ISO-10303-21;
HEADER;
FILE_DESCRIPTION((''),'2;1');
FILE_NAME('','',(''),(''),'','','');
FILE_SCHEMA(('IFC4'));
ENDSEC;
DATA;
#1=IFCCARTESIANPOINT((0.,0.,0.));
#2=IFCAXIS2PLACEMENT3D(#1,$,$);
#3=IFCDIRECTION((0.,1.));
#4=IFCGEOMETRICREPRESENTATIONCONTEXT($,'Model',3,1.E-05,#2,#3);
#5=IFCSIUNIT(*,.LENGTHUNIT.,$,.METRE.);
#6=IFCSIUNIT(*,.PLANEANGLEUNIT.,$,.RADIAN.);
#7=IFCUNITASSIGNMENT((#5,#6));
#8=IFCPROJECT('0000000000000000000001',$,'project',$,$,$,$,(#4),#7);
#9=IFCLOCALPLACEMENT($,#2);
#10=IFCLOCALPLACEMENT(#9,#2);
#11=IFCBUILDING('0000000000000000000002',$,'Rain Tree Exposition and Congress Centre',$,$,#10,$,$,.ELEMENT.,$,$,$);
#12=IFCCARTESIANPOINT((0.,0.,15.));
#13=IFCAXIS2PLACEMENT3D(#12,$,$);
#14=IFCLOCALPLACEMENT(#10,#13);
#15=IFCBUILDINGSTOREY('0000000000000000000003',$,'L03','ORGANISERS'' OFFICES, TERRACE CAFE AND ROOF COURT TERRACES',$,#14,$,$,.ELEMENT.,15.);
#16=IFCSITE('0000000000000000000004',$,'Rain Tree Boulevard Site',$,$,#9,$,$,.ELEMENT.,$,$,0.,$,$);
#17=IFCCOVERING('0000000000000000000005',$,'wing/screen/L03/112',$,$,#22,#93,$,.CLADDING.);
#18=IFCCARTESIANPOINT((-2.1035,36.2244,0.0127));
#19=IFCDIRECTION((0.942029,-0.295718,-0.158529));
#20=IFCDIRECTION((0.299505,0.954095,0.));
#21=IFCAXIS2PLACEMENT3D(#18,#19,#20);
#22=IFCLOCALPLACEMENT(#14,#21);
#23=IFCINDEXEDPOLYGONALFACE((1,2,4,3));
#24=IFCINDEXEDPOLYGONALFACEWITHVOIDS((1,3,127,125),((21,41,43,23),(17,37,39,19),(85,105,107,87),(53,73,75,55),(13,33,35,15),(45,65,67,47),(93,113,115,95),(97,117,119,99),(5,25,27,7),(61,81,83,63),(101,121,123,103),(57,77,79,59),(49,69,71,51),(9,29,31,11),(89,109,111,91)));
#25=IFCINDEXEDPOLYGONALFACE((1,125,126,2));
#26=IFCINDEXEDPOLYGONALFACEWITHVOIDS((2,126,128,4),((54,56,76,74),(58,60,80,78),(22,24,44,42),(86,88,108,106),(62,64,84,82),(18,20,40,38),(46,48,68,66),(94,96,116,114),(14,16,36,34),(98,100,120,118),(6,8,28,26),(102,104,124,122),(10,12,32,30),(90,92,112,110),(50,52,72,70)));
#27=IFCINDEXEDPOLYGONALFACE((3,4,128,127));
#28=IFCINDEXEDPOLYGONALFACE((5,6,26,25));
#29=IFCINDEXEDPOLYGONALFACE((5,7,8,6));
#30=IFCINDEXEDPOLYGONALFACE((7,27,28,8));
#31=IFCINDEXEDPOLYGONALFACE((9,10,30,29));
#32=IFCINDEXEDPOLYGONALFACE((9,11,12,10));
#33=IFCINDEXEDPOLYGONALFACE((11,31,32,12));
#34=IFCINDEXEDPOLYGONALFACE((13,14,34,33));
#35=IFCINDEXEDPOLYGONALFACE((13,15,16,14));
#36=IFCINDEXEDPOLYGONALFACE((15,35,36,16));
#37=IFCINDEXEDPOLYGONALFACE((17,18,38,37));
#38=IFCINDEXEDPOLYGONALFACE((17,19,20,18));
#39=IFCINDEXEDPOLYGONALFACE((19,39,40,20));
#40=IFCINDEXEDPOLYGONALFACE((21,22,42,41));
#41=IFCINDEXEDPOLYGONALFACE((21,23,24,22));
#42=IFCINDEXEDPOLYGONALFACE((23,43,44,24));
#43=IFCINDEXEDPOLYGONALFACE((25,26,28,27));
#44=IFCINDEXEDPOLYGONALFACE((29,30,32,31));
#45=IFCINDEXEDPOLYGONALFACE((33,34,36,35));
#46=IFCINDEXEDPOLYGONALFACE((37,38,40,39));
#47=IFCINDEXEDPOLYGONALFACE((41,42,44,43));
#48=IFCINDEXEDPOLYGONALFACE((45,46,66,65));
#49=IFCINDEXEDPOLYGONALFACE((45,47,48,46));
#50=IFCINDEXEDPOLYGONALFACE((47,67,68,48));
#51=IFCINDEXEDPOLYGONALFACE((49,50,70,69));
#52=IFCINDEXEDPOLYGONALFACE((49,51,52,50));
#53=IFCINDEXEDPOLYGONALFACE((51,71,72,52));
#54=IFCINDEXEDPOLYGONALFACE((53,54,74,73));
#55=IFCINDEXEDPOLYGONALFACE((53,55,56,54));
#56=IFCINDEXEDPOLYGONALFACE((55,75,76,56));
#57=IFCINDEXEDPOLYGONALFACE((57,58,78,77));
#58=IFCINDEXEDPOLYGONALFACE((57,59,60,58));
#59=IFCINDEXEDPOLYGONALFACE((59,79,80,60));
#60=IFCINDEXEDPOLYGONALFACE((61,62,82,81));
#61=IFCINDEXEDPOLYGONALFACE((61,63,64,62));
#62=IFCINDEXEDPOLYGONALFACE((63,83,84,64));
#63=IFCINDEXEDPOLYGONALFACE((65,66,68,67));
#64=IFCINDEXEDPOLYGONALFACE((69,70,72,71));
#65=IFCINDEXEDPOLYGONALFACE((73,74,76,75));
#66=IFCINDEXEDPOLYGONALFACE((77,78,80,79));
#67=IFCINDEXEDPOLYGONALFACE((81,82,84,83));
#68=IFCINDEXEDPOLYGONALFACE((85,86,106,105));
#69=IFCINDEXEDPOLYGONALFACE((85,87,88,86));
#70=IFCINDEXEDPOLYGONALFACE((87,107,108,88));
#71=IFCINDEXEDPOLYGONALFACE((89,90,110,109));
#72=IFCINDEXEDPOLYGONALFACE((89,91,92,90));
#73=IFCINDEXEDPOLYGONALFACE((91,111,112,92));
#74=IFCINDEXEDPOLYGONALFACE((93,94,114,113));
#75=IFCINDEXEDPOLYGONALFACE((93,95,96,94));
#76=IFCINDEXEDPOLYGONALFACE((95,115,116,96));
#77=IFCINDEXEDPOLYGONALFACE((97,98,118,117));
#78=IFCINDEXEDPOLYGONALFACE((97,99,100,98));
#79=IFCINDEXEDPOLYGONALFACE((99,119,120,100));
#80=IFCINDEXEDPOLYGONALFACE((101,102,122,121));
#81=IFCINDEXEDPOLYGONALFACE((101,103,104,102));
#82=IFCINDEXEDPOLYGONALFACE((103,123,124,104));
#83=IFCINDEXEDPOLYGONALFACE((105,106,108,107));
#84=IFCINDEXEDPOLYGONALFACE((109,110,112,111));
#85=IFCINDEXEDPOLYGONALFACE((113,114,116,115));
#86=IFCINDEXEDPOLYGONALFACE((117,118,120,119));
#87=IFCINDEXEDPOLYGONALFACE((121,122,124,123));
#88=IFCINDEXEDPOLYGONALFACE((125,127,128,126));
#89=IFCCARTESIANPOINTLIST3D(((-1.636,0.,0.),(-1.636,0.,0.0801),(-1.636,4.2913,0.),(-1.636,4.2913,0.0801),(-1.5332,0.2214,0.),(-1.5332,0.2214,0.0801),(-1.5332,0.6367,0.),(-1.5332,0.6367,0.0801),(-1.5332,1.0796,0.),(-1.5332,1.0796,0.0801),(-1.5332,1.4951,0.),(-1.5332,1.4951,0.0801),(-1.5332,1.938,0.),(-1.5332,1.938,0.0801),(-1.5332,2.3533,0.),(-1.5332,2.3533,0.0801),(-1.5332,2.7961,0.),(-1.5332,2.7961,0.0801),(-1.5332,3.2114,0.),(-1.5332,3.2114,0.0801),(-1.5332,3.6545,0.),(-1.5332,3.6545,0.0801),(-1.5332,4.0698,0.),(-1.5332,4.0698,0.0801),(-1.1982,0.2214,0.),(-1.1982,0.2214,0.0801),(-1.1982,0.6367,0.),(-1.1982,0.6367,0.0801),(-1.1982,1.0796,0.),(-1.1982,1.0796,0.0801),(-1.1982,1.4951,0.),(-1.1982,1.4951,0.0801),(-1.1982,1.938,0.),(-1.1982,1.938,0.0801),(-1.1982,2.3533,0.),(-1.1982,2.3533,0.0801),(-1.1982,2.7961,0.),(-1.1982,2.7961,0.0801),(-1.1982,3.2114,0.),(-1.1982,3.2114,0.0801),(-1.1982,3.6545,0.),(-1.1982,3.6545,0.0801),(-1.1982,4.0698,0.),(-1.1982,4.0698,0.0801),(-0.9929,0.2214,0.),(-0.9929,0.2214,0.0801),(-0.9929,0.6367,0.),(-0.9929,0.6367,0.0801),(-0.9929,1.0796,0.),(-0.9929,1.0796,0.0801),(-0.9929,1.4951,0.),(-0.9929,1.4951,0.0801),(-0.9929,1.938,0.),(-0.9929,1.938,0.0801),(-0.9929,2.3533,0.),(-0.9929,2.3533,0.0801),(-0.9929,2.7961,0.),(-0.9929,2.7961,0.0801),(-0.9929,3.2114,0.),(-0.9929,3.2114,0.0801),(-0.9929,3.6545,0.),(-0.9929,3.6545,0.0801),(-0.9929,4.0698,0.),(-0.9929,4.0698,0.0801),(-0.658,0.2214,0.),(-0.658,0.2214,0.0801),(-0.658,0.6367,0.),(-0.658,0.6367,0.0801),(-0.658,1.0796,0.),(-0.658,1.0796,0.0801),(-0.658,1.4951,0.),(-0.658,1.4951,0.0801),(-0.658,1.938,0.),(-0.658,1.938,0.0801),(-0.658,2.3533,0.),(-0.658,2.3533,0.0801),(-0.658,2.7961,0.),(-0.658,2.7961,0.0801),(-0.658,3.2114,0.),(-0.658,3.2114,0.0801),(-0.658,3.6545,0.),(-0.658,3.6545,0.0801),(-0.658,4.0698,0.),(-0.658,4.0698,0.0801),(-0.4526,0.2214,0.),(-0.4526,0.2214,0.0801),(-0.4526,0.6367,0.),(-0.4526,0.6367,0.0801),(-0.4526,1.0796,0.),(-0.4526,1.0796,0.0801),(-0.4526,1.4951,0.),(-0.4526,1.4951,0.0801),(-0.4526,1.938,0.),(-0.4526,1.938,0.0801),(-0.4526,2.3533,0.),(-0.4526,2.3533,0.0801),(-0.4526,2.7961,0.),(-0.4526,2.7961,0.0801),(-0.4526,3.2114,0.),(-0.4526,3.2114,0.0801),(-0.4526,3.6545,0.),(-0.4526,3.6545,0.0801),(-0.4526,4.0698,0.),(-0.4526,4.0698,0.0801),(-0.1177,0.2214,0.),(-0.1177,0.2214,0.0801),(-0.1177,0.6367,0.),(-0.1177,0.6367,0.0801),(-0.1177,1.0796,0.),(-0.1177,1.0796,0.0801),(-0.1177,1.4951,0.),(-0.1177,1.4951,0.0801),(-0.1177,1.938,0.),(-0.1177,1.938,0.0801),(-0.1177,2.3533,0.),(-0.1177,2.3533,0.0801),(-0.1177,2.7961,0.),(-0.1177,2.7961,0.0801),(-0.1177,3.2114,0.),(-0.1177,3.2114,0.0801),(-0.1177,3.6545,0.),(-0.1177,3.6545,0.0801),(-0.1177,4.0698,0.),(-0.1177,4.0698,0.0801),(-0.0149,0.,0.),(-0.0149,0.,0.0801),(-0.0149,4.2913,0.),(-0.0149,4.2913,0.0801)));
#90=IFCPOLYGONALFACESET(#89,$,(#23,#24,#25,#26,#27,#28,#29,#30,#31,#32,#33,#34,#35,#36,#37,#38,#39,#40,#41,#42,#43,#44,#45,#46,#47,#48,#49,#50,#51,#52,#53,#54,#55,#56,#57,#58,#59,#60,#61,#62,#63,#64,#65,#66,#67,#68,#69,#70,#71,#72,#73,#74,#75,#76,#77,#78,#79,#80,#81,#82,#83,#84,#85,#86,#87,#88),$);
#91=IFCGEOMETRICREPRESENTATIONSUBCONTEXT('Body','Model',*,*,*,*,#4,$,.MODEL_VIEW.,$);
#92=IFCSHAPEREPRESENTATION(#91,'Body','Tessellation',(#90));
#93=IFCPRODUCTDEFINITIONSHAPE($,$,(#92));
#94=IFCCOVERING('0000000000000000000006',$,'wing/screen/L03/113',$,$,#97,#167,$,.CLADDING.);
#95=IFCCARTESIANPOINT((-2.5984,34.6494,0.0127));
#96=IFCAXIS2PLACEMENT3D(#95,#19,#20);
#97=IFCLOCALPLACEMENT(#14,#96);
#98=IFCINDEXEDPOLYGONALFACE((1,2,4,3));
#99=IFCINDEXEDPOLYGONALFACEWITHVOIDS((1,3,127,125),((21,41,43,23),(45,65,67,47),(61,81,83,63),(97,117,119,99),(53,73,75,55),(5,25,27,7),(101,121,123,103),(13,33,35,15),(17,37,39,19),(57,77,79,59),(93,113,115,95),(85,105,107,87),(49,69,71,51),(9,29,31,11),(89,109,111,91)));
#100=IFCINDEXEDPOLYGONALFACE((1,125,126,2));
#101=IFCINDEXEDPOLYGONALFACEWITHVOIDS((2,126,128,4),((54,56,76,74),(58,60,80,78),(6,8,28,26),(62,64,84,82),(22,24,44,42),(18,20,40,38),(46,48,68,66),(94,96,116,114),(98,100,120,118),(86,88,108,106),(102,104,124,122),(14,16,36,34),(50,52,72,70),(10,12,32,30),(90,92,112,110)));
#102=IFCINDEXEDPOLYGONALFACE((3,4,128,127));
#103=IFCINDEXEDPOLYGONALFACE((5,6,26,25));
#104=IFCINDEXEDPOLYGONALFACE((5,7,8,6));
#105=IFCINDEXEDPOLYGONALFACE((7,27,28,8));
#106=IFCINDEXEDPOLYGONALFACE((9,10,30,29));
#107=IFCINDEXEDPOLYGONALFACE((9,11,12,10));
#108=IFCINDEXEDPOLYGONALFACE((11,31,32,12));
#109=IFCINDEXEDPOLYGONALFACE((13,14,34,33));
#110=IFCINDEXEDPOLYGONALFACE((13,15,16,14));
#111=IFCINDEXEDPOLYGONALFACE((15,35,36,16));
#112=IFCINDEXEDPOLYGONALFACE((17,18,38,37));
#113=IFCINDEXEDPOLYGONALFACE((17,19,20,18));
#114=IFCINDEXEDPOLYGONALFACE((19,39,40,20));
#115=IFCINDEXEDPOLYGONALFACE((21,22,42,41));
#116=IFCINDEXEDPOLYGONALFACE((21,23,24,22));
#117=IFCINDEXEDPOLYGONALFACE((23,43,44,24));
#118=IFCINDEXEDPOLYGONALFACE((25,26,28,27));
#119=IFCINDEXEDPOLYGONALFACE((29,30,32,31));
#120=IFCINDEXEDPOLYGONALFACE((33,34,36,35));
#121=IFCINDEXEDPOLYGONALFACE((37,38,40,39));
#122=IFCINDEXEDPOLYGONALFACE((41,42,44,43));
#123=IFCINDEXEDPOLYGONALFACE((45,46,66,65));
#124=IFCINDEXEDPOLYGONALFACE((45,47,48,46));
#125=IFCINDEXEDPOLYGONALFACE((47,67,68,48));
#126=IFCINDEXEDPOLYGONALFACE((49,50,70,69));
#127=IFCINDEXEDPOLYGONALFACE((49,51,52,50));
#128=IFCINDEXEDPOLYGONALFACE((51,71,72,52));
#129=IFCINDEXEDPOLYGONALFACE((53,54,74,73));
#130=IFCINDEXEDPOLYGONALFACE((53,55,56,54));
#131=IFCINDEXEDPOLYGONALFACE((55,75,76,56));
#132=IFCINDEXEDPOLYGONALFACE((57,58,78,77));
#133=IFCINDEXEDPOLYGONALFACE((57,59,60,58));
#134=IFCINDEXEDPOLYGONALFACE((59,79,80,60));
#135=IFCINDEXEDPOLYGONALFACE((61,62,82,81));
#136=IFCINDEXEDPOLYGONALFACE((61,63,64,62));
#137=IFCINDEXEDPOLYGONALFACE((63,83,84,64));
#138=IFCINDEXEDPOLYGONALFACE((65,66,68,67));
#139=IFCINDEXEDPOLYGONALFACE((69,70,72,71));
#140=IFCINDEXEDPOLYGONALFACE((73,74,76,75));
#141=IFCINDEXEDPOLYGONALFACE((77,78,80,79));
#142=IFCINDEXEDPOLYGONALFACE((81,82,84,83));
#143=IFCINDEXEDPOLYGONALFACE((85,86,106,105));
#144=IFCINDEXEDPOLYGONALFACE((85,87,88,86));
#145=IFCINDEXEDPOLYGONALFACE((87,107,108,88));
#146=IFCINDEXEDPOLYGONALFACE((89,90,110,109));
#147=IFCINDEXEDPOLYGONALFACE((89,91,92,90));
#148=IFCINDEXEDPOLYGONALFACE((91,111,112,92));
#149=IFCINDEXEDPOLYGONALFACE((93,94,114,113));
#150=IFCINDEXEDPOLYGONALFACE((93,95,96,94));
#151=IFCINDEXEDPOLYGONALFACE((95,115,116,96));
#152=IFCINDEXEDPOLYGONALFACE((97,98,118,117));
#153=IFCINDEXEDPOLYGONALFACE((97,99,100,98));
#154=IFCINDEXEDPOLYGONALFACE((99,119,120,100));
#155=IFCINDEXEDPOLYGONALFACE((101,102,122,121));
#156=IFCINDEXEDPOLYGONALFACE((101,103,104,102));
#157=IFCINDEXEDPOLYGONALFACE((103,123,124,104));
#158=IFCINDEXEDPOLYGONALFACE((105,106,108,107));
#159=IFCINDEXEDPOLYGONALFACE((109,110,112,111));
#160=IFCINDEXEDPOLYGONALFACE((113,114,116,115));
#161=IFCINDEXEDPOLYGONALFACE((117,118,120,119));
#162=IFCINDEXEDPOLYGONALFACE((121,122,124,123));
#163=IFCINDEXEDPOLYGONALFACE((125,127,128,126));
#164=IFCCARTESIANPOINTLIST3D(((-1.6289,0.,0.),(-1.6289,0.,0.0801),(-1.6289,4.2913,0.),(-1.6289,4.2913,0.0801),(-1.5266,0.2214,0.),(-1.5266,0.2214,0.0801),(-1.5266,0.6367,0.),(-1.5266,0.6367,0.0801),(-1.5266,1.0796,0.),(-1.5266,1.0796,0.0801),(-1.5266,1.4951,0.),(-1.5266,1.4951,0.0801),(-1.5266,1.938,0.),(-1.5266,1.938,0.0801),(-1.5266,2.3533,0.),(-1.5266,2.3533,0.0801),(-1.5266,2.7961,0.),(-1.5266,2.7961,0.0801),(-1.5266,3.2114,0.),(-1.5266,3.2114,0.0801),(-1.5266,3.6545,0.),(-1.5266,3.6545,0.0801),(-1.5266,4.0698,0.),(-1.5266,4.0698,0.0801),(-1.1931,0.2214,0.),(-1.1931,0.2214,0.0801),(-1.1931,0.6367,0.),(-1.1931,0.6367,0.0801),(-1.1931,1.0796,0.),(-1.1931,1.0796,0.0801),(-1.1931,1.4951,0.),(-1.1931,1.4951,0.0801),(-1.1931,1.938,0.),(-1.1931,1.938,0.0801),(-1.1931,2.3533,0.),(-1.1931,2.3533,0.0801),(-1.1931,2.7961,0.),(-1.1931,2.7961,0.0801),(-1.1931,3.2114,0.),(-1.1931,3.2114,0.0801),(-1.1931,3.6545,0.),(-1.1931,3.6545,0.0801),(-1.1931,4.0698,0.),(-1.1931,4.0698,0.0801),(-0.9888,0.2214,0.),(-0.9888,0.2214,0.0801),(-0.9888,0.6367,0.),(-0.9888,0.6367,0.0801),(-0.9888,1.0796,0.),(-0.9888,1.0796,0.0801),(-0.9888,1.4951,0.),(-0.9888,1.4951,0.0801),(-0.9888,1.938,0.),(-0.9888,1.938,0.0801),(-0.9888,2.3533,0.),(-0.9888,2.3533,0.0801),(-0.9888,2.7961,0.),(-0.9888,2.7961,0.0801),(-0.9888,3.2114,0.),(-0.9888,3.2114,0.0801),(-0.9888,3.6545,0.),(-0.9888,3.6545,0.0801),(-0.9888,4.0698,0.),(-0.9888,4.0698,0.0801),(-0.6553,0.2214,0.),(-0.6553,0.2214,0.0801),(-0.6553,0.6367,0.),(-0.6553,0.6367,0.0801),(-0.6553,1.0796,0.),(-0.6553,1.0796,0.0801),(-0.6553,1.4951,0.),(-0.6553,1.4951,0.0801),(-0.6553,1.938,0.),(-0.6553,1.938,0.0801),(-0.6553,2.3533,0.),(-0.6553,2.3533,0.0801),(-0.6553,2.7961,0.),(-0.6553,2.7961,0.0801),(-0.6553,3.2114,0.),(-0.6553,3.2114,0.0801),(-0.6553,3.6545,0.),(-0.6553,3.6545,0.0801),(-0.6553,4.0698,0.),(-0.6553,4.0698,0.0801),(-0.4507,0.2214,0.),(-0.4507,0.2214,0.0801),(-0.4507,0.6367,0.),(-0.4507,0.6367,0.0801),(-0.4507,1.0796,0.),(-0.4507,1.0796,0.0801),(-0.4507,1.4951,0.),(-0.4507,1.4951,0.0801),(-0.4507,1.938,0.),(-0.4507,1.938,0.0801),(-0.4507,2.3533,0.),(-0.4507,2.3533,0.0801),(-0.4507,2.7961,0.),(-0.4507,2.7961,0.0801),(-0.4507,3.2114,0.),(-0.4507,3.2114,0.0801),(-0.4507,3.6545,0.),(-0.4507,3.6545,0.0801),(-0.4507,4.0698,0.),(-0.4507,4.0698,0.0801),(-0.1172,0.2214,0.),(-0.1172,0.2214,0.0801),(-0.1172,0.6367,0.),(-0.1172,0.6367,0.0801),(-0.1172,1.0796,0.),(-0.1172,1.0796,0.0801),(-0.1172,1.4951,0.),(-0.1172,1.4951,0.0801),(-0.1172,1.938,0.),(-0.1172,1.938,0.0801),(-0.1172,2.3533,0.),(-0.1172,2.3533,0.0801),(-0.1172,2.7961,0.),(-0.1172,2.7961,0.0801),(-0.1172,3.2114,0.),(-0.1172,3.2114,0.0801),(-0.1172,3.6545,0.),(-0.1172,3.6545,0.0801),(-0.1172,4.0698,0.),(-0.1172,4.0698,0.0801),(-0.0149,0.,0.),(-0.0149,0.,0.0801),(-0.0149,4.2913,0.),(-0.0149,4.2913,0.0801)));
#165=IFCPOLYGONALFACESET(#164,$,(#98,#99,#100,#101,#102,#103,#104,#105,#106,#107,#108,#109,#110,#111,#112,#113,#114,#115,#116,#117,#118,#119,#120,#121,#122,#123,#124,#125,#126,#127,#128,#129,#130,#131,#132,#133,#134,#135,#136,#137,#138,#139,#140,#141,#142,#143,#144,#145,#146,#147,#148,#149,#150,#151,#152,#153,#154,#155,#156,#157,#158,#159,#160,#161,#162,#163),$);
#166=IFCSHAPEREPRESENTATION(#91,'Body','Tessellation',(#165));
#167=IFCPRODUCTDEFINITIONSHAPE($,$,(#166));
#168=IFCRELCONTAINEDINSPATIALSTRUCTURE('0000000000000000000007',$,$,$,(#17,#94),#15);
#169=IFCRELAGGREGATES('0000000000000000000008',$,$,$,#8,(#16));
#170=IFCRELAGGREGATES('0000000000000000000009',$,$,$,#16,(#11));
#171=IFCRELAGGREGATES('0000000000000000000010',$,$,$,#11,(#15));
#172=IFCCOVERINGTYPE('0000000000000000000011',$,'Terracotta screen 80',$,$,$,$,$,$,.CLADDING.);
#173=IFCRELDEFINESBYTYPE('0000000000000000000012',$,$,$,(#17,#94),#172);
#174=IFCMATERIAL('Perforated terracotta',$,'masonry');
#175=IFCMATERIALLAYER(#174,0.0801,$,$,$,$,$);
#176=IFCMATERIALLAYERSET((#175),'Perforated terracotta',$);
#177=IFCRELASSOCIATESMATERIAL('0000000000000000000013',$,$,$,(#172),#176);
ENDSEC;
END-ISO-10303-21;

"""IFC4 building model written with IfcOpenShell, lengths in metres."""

from ifc_helpers import new_model, si_unit, direction, frame, origin, place, context, subcontext, project, spatial, polyline, outline, extrude, material, layer, layer_set, type_object, element, save


model = new_model("IFC4")

# Units and contexts
model_context = context("Model", 3, precision=1e-05, world=origin(), true_north=direction((0.0, 1.0)))
body_context = subcontext(model_context, "Body", "Model", "MODEL_VIEW")
ifc_project = project(units=[si_unit("LENGTHUNIT", "METRE"), si_unit("PLANEANGLEUNIT", "RADIAN")], contexts=[model_context])

# Site, building, storey
site_placement = place(None, origin())
site = spatial("IfcSite", under=ifc_project, at=site_placement, Name="Rain Tree Boulevard Site", CompositionType="ELEMENT", RefElevation=0.0)
building_placement = place(site_placement, origin())
building = spatial("IfcBuilding", under=site, at=building_placement, Name="Rain Tree Exposition and Congress Centre", CompositionType="ELEMENT")
storey_placement = place(building_placement, frame((0.0, 0.0, 15.0)))
storey = spatial("IfcBuildingStorey", under=building, at=storey_placement, Name="L03", Description="ORGANISERS' OFFICES, TERRACE CAFE AND ROOF COURT TERRACES", CompositionType="ELEMENT", Elevation=15.0)

# Coverings
ifc_material_1 = material(Name="Perforated terracotta", Category="masonry")
ifc_layer_1 = layer(ifc_material_1, 0.0801)
ifc_layer_set_1 = layer_set([ifc_layer_1], Name="Perforated terracotta")
covering_type = type_object("IfcCoveringType", Name="Terracotta screen 80", PredefinedType="CLADDING", material=ifc_layer_set_1)
covering_1_placement = place(storey_placement, frame((-2.1035, 36.2244, 0.0127), z_axis=(0.942029, -0.295718, -0.158529), x_axis=(0.299505, 0.954095, 0.0)))
element("IfcCovering", 1, at=covering_1_placement, inside=storey, type_object=covering_type, Name="wing/screen/L03/112", PredefinedType="CLADDING", context=body_context, shape_type="SweptSolid", body=[
    extrude(outline(polyline([(-1.636, 0.0), (-1.636, 4.2913), (-0.0149, 4.2913), (-0.0149, 0.0), (-1.636, 0.0)]), holes=[polyline([(-0.1177, 0.2214), (-0.1177, 0.6367), (-0.4526, 0.6367), (-0.4526, 0.2214), (-0.1177, 0.2214)]), polyline([(-0.1177, 1.0796), (-0.1177, 1.4951), (-0.4526, 1.4951), (-0.4526, 1.0796), (-0.1177, 1.0796)]), polyline([(-0.1177, 1.938), (-0.1177, 2.3533), (-0.4526, 2.3533), (-0.4526, 1.938), (-0.1177, 1.938)]), polyline([(-0.1177, 2.7961), (-0.1177, 3.2114), (-0.4526, 3.2114), (-0.4526, 2.7961), (-0.1177, 2.7961)]), polyline([(-0.1177, 3.6545), (-0.1177, 4.0698), (-0.4526, 4.0698), (-0.4526, 3.6545), (-0.1177, 3.6545)]), polyline([(-0.658, 0.2214), (-0.658, 0.6367), (-0.9929, 0.6367), (-0.9929, 0.2214), (-0.658, 0.2214)]), polyline([(-0.658, 1.0796), (-0.658, 1.4951), (-0.9929, 1.4951), (-0.9929, 1.0796), (-0.658, 1.0796)]), polyline([(-0.658, 1.938), (-0.658, 2.3533), (-0.9929, 2.3533), (-0.9929, 1.938), (-0.658, 1.938)]), polyline([(-0.658, 2.7961), (-0.658, 3.2114), (-0.9929, 3.2114), (-0.9929, 2.7961), (-0.658, 2.7961)]), polyline([(-0.658, 3.6545), (-0.658, 4.0698), (-0.9929, 4.0698), (-0.9929, 3.6545), (-0.658, 3.6545)]), polyline([(-1.1982, 0.2214), (-1.1982, 0.6367), (-1.5332, 0.6367), (-1.5332, 0.2214), (-1.1982, 0.2214)]), polyline([(-1.1982, 1.0796), (-1.1982, 1.4951), (-1.5332, 1.4951), (-1.5332, 1.0796), (-1.1982, 1.0796)]), polyline([(-1.1982, 1.938), (-1.1982, 2.3533), (-1.5332, 2.3533), (-1.5332, 1.938), (-1.1982, 1.938)]), polyline([(-1.1982, 2.7961), (-1.1982, 3.2114), (-1.5332, 3.2114), (-1.5332, 2.7961), (-1.1982, 2.7961)]), polyline([(-1.1982, 3.6545), (-1.1982, 4.0698), (-1.5332, 4.0698), (-1.5332, 3.6545), (-1.1982, 3.6545)])]), origin(), (0.0, 0.0, 1.0), 0.0801),
])
covering_2_placement = place(storey_placement, frame((-2.5984, 34.6494, 0.0127), z_axis=(0.942029, -0.295718, -0.158529), x_axis=(0.299505, 0.954095, 0.0)))
element("IfcCovering", 2, at=covering_2_placement, inside=storey, type_object=covering_type, Name="wing/screen/L03/113", PredefinedType="CLADDING", context=body_context, shape_type="SweptSolid", body=[
    extrude(outline(polyline([(-1.6289, 0.0), (-1.6289, 4.2913), (-0.0149, 4.2913), (-0.0149, 0.0), (-1.6289, 0.0)]), holes=[polyline([(-0.1172, 0.2214), (-0.1172, 0.6367), (-0.4507, 0.6367), (-0.4507, 0.2214), (-0.1172, 0.2214)]), polyline([(-0.1172, 1.0796), (-0.1172, 1.4951), (-0.4507, 1.4951), (-0.4507, 1.0796), (-0.1172, 1.0796)]), polyline([(-0.1172, 1.938), (-0.1172, 2.3533), (-0.4507, 2.3533), (-0.4507, 1.938), (-0.1172, 1.938)]), polyline([(-0.1172, 2.7961), (-0.1172, 3.2114), (-0.4507, 3.2114), (-0.4507, 2.7961), (-0.1172, 2.7961)]), polyline([(-0.1172, 3.6545), (-0.1172, 4.0698), (-0.4507, 4.0698), (-0.4507, 3.6545), (-0.1172, 3.6545)]), polyline([(-0.6553, 0.2214), (-0.6553, 0.6367), (-0.9888, 0.6367), (-0.9888, 0.2214), (-0.6553, 0.2214)]), polyline([(-0.6553, 1.0796), (-0.6553, 1.4951), (-0.9888, 1.4951), (-0.9888, 1.0796), (-0.6553, 1.0796)]), polyline([(-0.6553, 1.938), (-0.6553, 2.3533), (-0.9888, 2.3533), (-0.9888, 1.938), (-0.6553, 1.938)]), polyline([(-0.6553, 2.7961), (-0.6553, 3.2114), (-0.9888, 3.2114), (-0.9888, 2.7961), (-0.6553, 2.7961)]), polyline([(-0.6553, 3.6545), (-0.6553, 4.0698), (-0.9888, 4.0698), (-0.9888, 3.6545), (-0.6553, 3.6545)]), polyline([(-1.1931, 0.2214), (-1.1931, 0.6367), (-1.5266, 0.6367), (-1.5266, 0.2214), (-1.1931, 0.2214)]), polyline([(-1.1931, 1.0796), (-1.1931, 1.4951), (-1.5266, 1.4951), (-1.5266, 1.0796), (-1.1931, 1.0796)]), polyline([(-1.1931, 1.938), (-1.1931, 2.3533), (-1.5266, 2.3533), (-1.5266, 1.938), (-1.1931, 1.938)]), polyline([(-1.1931, 2.7961), (-1.1931, 3.2114), (-1.5266, 3.2114), (-1.5266, 2.7961), (-1.1931, 2.7961)]), polyline([(-1.1931, 3.6545), (-1.1931, 4.0698), (-1.5266, 4.0698), (-1.5266, 3.6545), (-1.1931, 3.6545)])]), origin(), (0.0, 0.0, 1.0), 0.0801),
])

save(model, "model.ifc")
